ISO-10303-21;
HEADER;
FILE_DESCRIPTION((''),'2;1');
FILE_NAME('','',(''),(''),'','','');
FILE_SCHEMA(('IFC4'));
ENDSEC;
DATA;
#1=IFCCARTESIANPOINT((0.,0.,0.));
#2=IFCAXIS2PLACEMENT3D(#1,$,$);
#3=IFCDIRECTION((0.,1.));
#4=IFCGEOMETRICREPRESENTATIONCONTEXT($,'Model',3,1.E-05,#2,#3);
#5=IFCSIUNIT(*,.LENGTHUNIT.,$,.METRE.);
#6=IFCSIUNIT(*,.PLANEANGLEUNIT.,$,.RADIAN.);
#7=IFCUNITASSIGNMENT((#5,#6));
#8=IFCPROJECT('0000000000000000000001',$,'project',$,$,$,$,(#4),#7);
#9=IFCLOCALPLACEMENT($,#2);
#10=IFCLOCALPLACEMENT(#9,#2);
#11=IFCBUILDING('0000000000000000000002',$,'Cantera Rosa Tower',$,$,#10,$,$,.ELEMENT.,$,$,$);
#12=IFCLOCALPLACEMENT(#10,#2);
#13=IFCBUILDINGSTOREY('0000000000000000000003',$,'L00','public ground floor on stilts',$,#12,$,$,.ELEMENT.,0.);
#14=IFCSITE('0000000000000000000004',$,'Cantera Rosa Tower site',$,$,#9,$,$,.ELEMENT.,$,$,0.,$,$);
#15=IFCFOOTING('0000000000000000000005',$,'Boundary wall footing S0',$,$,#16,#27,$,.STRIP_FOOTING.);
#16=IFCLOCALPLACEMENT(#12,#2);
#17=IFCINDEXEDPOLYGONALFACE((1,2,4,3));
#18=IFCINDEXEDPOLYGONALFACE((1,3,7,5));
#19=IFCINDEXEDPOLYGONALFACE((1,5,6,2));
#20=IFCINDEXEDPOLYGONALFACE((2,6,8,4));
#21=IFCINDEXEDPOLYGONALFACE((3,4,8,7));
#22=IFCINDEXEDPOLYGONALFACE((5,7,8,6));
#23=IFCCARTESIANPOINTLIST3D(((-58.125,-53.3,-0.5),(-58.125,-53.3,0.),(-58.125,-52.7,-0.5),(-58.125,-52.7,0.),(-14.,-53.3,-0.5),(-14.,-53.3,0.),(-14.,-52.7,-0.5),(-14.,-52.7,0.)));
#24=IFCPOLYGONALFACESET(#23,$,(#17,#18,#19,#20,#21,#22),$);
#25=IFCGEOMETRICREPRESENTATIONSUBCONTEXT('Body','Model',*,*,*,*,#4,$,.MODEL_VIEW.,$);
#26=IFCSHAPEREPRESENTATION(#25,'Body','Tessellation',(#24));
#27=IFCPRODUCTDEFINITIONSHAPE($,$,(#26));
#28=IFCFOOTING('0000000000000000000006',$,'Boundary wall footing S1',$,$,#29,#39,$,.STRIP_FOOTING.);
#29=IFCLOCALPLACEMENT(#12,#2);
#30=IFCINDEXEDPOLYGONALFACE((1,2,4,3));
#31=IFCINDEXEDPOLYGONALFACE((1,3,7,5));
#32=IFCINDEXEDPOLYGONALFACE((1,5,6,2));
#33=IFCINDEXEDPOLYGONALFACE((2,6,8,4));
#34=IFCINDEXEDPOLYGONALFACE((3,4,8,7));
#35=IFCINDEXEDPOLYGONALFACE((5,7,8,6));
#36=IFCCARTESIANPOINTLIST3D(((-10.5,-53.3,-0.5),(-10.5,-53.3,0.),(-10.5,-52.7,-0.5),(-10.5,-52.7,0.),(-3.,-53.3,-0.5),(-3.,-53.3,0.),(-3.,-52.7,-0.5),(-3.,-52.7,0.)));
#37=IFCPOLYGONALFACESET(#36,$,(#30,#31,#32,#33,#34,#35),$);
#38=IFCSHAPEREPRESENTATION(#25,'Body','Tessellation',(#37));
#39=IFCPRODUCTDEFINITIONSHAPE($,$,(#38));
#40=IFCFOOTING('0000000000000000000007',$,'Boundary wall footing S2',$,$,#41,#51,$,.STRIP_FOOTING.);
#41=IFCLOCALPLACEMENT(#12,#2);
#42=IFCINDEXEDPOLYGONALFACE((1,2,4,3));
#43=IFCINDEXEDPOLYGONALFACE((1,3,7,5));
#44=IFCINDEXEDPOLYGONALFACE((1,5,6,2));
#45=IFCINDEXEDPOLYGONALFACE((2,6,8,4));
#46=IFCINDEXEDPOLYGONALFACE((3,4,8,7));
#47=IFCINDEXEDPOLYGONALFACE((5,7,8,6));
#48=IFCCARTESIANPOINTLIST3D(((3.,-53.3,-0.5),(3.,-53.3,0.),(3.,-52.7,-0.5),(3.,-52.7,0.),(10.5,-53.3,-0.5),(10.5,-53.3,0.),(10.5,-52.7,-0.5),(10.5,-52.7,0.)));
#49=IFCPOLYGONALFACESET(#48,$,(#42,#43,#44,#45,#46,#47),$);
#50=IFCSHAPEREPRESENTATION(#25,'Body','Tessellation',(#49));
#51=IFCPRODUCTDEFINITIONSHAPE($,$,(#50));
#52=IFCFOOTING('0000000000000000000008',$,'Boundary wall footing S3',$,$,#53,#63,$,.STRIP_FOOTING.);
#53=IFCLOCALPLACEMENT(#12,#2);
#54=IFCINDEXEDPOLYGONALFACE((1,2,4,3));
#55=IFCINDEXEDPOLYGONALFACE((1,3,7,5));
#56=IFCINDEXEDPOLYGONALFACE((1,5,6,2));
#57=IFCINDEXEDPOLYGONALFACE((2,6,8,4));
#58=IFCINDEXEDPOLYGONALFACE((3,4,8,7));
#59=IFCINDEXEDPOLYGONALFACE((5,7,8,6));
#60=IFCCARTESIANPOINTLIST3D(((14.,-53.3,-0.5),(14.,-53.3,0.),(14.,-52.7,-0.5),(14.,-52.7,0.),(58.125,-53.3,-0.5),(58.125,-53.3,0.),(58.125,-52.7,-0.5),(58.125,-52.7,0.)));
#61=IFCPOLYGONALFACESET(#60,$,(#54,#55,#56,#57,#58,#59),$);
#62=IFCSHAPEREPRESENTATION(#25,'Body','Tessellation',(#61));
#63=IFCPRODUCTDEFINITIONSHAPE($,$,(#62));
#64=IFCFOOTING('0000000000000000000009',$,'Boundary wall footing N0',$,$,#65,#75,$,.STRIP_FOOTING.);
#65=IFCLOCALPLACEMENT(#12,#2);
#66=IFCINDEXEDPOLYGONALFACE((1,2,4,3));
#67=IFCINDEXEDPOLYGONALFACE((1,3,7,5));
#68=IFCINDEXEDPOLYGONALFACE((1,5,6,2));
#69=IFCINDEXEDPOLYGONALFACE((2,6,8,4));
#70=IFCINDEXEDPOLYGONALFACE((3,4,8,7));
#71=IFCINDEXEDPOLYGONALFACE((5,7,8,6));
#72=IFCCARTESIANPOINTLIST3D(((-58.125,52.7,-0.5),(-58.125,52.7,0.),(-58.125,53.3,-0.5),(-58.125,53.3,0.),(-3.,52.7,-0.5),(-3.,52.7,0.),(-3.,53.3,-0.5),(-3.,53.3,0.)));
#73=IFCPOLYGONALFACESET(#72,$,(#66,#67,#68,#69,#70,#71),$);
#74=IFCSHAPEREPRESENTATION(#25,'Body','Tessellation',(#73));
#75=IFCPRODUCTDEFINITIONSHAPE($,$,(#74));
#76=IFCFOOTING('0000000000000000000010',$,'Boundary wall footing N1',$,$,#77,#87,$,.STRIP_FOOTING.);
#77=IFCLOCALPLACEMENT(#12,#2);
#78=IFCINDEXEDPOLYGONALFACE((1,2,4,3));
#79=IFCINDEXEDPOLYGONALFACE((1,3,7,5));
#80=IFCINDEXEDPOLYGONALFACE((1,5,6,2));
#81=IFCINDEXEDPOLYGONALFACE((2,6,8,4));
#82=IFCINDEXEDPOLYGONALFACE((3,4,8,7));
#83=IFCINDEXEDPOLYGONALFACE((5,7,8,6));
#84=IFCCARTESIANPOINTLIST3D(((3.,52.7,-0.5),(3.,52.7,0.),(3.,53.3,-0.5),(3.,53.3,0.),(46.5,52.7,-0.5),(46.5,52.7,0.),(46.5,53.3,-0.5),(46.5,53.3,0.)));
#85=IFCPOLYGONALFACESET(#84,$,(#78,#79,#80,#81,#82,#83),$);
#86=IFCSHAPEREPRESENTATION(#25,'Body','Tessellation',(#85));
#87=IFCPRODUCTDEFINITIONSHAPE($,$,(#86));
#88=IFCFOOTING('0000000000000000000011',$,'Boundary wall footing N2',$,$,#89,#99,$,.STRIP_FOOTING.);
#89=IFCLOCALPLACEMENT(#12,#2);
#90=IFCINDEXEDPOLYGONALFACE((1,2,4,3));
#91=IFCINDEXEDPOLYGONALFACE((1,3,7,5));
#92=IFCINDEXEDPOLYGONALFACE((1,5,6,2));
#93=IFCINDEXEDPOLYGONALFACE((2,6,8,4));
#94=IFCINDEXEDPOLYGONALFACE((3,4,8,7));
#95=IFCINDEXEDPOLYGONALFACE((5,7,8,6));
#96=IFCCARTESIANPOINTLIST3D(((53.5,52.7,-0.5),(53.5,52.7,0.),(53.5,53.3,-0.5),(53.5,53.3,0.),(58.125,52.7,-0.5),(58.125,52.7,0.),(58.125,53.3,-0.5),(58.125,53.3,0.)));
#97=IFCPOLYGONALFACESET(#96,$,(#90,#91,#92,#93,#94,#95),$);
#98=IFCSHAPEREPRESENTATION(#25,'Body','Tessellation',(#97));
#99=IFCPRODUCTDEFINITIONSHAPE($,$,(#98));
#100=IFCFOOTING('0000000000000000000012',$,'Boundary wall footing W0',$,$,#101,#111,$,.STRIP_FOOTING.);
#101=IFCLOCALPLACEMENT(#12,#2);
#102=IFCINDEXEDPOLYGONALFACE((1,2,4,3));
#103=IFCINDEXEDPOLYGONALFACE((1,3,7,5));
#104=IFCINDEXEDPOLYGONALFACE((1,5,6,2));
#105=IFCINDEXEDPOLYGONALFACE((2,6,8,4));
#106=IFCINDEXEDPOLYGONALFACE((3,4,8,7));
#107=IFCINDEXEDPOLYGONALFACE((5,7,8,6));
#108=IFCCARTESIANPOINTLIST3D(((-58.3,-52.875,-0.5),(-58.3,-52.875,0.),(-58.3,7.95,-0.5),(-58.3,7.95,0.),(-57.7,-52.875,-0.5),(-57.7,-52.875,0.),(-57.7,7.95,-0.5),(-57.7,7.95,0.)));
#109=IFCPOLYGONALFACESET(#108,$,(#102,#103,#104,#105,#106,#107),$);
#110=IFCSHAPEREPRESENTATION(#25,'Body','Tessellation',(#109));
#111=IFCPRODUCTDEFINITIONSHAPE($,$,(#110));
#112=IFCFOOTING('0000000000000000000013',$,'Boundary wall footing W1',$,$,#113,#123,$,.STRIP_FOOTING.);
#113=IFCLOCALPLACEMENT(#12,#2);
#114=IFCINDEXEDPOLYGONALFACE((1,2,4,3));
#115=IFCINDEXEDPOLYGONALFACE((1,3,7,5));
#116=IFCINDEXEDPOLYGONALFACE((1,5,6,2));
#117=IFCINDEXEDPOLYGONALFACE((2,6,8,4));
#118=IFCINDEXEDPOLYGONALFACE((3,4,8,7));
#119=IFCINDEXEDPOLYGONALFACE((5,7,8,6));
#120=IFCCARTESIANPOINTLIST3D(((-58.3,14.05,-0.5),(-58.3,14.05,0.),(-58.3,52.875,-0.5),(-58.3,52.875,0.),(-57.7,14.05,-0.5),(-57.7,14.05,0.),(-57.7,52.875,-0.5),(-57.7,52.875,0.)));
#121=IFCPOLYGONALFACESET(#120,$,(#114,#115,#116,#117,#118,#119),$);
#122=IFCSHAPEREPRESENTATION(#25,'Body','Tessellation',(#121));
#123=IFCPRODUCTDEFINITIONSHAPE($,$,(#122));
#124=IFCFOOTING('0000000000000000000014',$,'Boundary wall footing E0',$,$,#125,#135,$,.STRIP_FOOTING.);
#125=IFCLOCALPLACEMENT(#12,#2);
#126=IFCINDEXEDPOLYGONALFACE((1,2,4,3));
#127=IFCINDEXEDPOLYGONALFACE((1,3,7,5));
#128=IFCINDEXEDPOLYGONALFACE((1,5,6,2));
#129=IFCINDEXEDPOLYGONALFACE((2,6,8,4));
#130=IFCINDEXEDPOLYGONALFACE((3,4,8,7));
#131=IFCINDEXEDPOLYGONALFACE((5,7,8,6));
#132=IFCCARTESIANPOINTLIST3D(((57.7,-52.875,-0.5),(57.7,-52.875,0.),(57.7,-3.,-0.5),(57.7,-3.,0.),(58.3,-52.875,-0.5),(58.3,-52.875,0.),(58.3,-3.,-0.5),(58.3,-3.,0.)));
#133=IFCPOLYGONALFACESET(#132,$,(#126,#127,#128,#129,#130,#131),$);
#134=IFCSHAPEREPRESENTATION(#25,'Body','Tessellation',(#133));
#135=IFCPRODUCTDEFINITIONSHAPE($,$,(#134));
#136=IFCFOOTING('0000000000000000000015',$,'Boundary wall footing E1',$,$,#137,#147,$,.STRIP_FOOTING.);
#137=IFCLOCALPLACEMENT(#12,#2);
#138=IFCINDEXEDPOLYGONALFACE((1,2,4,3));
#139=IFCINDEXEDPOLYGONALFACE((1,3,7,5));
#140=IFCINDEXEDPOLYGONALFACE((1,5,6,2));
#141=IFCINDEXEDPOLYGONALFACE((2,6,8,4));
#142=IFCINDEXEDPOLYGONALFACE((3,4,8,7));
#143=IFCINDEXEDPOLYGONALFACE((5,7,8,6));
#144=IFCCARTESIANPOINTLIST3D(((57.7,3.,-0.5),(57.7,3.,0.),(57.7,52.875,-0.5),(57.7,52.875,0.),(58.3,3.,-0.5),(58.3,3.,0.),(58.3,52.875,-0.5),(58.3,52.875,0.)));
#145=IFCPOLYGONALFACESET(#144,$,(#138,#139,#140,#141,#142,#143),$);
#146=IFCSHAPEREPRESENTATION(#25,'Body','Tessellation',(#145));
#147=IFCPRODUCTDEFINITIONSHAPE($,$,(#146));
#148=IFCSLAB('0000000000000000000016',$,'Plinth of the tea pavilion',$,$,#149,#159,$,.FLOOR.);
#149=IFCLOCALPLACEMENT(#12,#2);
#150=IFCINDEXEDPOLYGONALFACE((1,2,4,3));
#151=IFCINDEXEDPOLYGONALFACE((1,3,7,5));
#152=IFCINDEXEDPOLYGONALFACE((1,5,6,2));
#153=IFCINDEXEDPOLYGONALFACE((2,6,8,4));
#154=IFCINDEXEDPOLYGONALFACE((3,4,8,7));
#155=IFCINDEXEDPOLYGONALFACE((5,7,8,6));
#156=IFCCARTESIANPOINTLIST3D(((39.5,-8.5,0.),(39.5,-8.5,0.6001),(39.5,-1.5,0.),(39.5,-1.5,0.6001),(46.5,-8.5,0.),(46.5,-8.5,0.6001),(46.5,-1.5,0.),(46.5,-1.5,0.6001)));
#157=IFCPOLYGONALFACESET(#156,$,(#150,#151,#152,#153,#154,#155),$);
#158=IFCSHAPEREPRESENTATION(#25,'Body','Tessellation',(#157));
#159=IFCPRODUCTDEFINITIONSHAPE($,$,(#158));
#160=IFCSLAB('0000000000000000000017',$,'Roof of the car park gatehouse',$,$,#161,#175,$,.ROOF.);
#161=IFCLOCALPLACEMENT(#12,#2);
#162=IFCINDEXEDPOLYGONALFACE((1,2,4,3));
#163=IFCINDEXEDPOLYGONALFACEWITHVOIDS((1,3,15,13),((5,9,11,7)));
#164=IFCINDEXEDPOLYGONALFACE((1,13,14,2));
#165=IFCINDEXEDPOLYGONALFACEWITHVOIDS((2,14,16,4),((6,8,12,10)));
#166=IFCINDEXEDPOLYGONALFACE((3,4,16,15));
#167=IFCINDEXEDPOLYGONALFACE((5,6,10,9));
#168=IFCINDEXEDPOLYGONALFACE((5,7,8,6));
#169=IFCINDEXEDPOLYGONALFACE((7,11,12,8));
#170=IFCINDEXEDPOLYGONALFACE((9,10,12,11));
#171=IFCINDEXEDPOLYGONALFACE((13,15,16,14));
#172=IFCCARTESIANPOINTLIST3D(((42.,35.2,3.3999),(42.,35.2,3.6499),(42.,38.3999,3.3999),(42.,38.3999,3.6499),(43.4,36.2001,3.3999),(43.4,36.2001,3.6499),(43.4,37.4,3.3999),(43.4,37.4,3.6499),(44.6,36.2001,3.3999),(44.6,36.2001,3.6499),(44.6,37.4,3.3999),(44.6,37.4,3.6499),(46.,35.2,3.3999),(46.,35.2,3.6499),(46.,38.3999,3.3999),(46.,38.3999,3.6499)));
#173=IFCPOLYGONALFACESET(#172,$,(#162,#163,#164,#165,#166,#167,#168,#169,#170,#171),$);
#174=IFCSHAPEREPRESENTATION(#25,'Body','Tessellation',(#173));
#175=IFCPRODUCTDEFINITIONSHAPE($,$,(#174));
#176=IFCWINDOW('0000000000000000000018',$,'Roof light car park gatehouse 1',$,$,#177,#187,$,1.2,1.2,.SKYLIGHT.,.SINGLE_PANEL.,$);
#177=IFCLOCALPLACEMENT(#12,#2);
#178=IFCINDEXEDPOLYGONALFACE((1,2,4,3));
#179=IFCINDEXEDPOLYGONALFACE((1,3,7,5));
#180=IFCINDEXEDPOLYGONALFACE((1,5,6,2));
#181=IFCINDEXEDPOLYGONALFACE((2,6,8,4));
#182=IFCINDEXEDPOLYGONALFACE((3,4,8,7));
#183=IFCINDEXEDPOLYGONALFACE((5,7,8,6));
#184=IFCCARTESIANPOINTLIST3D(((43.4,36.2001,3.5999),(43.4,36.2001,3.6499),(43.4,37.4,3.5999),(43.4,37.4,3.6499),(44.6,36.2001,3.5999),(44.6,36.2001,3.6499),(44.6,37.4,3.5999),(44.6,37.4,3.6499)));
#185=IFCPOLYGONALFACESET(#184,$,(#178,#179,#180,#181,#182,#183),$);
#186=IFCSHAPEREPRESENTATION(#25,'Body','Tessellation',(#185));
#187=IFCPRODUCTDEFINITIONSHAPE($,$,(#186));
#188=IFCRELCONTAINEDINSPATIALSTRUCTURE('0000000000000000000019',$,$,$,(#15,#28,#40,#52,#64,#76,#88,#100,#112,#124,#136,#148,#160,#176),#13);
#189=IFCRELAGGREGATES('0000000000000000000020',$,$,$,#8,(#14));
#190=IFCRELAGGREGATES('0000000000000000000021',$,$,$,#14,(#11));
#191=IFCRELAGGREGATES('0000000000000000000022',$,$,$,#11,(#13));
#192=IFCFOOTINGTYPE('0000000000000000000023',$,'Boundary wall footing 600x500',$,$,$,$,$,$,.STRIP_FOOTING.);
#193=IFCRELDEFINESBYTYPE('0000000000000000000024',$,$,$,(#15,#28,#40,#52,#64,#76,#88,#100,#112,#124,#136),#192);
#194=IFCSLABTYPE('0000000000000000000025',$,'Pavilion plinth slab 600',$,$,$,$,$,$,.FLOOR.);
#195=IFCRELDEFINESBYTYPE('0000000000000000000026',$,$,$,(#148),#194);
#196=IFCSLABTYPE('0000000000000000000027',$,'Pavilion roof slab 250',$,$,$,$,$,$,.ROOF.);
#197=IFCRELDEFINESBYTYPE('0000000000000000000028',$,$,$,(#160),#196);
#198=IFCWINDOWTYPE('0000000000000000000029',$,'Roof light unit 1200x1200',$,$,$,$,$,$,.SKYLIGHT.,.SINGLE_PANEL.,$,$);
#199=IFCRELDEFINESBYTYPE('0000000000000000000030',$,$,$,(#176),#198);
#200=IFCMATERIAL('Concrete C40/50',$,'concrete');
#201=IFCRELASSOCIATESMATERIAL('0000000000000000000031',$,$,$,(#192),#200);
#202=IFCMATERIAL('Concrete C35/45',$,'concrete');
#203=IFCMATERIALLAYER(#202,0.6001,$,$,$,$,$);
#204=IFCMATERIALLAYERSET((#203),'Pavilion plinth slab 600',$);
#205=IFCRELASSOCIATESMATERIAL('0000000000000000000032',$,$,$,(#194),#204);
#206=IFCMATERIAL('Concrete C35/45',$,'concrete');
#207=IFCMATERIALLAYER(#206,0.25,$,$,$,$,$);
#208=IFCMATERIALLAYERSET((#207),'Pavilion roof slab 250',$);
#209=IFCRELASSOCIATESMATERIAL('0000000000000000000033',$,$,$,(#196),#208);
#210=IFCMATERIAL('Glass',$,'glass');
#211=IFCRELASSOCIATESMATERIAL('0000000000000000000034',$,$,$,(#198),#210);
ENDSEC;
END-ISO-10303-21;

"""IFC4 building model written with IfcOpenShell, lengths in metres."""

from ifc_helpers import new_model, si_unit, direction, frame, origin, origin_2d, place, context, subcontext, project, spatial, polyline, rectangle, outline, extrude, material, layer, layer_set, type_object, element, fill, save


model = new_model("IFC4")

# Units and contexts
model_context = context("Model", 3, precision=1e-05, world=origin(), true_north=direction((0.0, 1.0)))
body_context = subcontext(model_context, "Body", "Model", "MODEL_VIEW")
ifc_project = project(units=[si_unit("LENGTHUNIT", "METRE"), si_unit("PLANEANGLEUNIT", "RADIAN")], contexts=[model_context])

# Site, building, storey
site_placement = place(None, origin())
site = spatial("IfcSite", under=ifc_project, at=site_placement, Name="Cantera Rosa Tower site", CompositionType="ELEMENT", RefElevation=0.0)
building_placement = place(site_placement, origin())
building = spatial("IfcBuilding", under=site, at=building_placement, Name="Cantera Rosa Tower", CompositionType="ELEMENT")
storey_placement = place(building_placement, origin())
storey = spatial("IfcBuildingStorey", under=building, at=storey_placement, Name="L00", Description="public ground floor on stilts", CompositionType="ELEMENT", Elevation=0.0)

# Footings
ifc_material_1 = material(Name="Concrete C40/50", Category="concrete")
footing_type = type_object("IfcFootingType", Name="Boundary wall footing 600x500", PredefinedType="STRIP_FOOTING", material=ifc_material_1)
footing_1_placement = place(storey_placement, frame((0.0, 0.0, -0.5)))
element("IfcFooting", 1, at=footing_1_placement, inside=storey, type_object=footing_type, Name="Boundary wall footing S0", PredefinedType="STRIP_FOOTING", context=body_context, shape_type="SweptSolid", body=[
    extrude(outline(polyline([(-14.0, -53.3), (-14.0, -52.7), (-58.125, -52.7), (-58.125, -53.3), (-14.0, -53.3)])), origin(), (0.0, 0.0, 1.0), 0.5),
])
footing_2_placement = place(storey_placement, frame((0.0, 0.0, -0.5)))
element("IfcFooting", 2, at=footing_2_placement, inside=storey, type_object=footing_type, Name="Boundary wall footing S1", PredefinedType="STRIP_FOOTING", context=body_context, shape_type="SweptSolid", body=[
    extrude(outline(polyline([(-3.0, -53.3), (-3.0, -52.7), (-10.5, -52.7), (-10.5, -53.3), (-3.0, -53.3)])), origin(), (0.0, 0.0, 1.0), 0.5),
])
footing_3_placement = place(storey_placement, frame((0.0, 0.0, -0.5)))
element("IfcFooting", 3, at=footing_3_placement, inside=storey, type_object=footing_type, Name="Boundary wall footing S2", PredefinedType="STRIP_FOOTING", context=body_context, shape_type="SweptSolid", body=[
    extrude(outline(polyline([(10.5, -53.3), (10.5, -52.7), (3.0, -52.7), (3.0, -53.3), (10.5, -53.3)])), origin(), (0.0, 0.0, 1.0), 0.5),
])
footing_4_placement = place(storey_placement, frame((0.0, 0.0, -0.5)))
element("IfcFooting", 4, at=footing_4_placement, inside=storey, type_object=footing_type, Name="Boundary wall footing S3", PredefinedType="STRIP_FOOTING", context=body_context, shape_type="SweptSolid", body=[
    extrude(outline(polyline([(58.125, -53.3), (58.125, -52.7), (14.0, -52.7), (14.0, -53.3), (58.125, -53.3)])), origin(), (0.0, 0.0, 1.0), 0.5),
])
footing_5_placement = place(storey_placement, frame((0.0, 0.0, -0.5)))
element("IfcFooting", 5, at=footing_5_placement, inside=storey, type_object=footing_type, Name="Boundary wall footing N0", PredefinedType="STRIP_FOOTING", context=body_context, shape_type="SweptSolid", body=[
    extrude(outline(polyline([(-3.0, 52.7), (-3.0, 53.3), (-58.125, 53.3), (-58.125, 52.7), (-3.0, 52.7)])), origin(), (0.0, 0.0, 1.0), 0.5),
])
footing_6_placement = place(storey_placement, frame((0.0, 0.0, -0.5)))
element("IfcFooting", 6, at=footing_6_placement, inside=storey, type_object=footing_type, Name="Boundary wall footing N1", PredefinedType="STRIP_FOOTING", context=body_context, shape_type="SweptSolid", body=[
    extrude(outline(polyline([(46.5, 52.7), (46.5, 53.3), (3.0, 53.3), (3.0, 52.7), (46.5, 52.7)])), origin(), (0.0, 0.0, 1.0), 0.5),
])
footing_7_placement = place(storey_placement, frame((0.0, 0.0, -0.5)))
element("IfcFooting", 7, at=footing_7_placement, inside=storey, type_object=footing_type, Name="Boundary wall footing N2", PredefinedType="STRIP_FOOTING", context=body_context, shape_type="SweptSolid", body=[
    extrude(outline(polyline([(58.125, 52.7), (58.125, 53.3), (53.5, 53.3), (53.5, 52.7), (58.125, 52.7)])), origin(), (0.0, 0.0, 1.0), 0.5),
])
footing_8_placement = place(storey_placement, frame((0.0, 0.0, -0.5)))
element("IfcFooting", 8, at=footing_8_placement, inside=storey, type_object=footing_type, Name="Boundary wall footing W0", PredefinedType="STRIP_FOOTING", context=body_context, shape_type="SweptSolid", body=[
    extrude(outline(polyline([(-57.7, -52.875), (-57.7, 7.95), (-58.3, 7.95), (-58.3, -52.875), (-57.7, -52.875)])), origin(), (0.0, 0.0, 1.0), 0.5),
])
footing_9_placement = place(storey_placement, frame((0.0, 0.0, -0.5)))
element("IfcFooting", 9, at=footing_9_placement, inside=storey, type_object=footing_type, Name="Boundary wall footing W1", PredefinedType="STRIP_FOOTING", context=body_context, shape_type="SweptSolid", body=[
    extrude(outline(polyline([(-57.7, 14.05), (-57.7, 52.875), (-58.3, 52.875), (-58.3, 14.05), (-57.7, 14.05)])), origin(), (0.0, 0.0, 1.0), 0.5),
])
footing_10_placement = place(storey_placement, frame((0.0, 0.0, -0.5)))
element("IfcFooting", 10, at=footing_10_placement, inside=storey, type_object=footing_type, Name="Boundary wall footing E0", PredefinedType="STRIP_FOOTING", context=body_context, shape_type="SweptSolid", body=[
    extrude(outline(polyline([(58.3, -52.875), (58.3, -3.0), (57.7, -3.0), (57.7, -52.875), (58.3, -52.875)])), origin(), (0.0, 0.0, 1.0), 0.5),
])
footing_11_placement = place(storey_placement, frame((0.0, 0.0, -0.5)))
element("IfcFooting", 11, at=footing_11_placement, inside=storey, type_object=footing_type, Name="Boundary wall footing E1", PredefinedType="STRIP_FOOTING", context=body_context, shape_type="SweptSolid", body=[
    extrude(outline(polyline([(58.3, 3.0), (58.3, 52.875), (57.7, 52.875), (57.7, 3.0), (58.3, 3.0)])), origin(), (0.0, 0.0, 1.0), 0.5),
])

# Slab
ifc_material_2 = material(Name="Concrete C35/45", Category="concrete")
ifc_layer_1 = layer(ifc_material_2, 0.6001)
ifc_layer_set_1 = layer_set([ifc_layer_1], Name="Pavilion plinth slab 600")
slab_type_1 = type_object("IfcSlabType", Name="Pavilion plinth slab 600", PredefinedType="FLOOR", material=ifc_layer_set_1)
slab_1_placement = place(storey_placement, origin())
element("IfcSlab", 12, at=slab_1_placement, inside=storey, type_object=slab_type_1, Name="Plinth of the tea pavilion", PredefinedType="FLOOR", context=body_context, shape_type="SweptSolid", body=[
    extrude(outline(polyline([(46.5, -8.5), (46.5, -1.5), (39.5, -1.5), (39.5, -8.5), (46.5, -8.5)])), origin(), (0.0, 0.0, 1.0), 0.6001),
])

# Slab, opening, window
ifc_material_3 = material(Name="Concrete C35/45", Category="concrete")
ifc_layer_2 = layer(ifc_material_3, 0.25)
ifc_layer_set_2 = layer_set([ifc_layer_2], Name="Pavilion roof slab 250")
slab_type_2 = type_object("IfcSlabType", Name="Pavilion roof slab 250", PredefinedType="ROOF", material=ifc_layer_set_2)
slab_2_placement = place(storey_placement, frame((0.0, 0.0, 3.3999)))
slab_2 = element("IfcSlab", 13, at=slab_2_placement, inside=storey, type_object=slab_type_2, Name="Roof of the car park gatehouse", PredefinedType="ROOF", context=body_context, shape_type="SweptSolid", body=[
    extrude(outline(polyline([(46.0, 35.2), (46.0, 38.3999), (42.0, 38.3999), (42.0, 35.2), (46.0, 35.2)])), origin(), (0.0, 0.0, 1.0), 0.25),
])
opening_1_placement = place(slab_2_placement, frame((44.0, 36.8, 0.0)))
opening_1 = element("IfcOpeningElement", 14, at=opening_1_placement, cuts=slab_2, PredefinedType="OPENING", context=body_context, shape_type="SweptSolid", body=[
    extrude(rectangle(XDim=1.2, YDim=1.2, at=origin_2d()), origin(), (0.0, 0.0, 1.0), 0.25),
])
ifc_material_4 = material(Name="Glass", Category="glass")
window_type = type_object("IfcWindowType", Name="Roof light unit 1200x1200", PartitioningType="SINGLE_PANEL", PredefinedType="SKYLIGHT", material=ifc_material_4)
window_1_placement = place(opening_1_placement, frame((0.0, 0.0, 0.2)))
window_1 = element("IfcWindow", 15, at=window_1_placement, inside=storey, type_object=window_type, Name="Roof light car park gatehouse 1", OverallHeight=1.2, OverallWidth=1.2, PartitioningType="SINGLE_PANEL", PredefinedType="SKYLIGHT", context=body_context, shape_type="SweptSolid", body=[
    extrude(rectangle(XDim=1.2, YDim=1.2, at=origin_2d()), origin(), (0.0, 0.0, 1.0), 0.05),
])
fill(opening_1, window_1)

save(model, "model.ifc")
